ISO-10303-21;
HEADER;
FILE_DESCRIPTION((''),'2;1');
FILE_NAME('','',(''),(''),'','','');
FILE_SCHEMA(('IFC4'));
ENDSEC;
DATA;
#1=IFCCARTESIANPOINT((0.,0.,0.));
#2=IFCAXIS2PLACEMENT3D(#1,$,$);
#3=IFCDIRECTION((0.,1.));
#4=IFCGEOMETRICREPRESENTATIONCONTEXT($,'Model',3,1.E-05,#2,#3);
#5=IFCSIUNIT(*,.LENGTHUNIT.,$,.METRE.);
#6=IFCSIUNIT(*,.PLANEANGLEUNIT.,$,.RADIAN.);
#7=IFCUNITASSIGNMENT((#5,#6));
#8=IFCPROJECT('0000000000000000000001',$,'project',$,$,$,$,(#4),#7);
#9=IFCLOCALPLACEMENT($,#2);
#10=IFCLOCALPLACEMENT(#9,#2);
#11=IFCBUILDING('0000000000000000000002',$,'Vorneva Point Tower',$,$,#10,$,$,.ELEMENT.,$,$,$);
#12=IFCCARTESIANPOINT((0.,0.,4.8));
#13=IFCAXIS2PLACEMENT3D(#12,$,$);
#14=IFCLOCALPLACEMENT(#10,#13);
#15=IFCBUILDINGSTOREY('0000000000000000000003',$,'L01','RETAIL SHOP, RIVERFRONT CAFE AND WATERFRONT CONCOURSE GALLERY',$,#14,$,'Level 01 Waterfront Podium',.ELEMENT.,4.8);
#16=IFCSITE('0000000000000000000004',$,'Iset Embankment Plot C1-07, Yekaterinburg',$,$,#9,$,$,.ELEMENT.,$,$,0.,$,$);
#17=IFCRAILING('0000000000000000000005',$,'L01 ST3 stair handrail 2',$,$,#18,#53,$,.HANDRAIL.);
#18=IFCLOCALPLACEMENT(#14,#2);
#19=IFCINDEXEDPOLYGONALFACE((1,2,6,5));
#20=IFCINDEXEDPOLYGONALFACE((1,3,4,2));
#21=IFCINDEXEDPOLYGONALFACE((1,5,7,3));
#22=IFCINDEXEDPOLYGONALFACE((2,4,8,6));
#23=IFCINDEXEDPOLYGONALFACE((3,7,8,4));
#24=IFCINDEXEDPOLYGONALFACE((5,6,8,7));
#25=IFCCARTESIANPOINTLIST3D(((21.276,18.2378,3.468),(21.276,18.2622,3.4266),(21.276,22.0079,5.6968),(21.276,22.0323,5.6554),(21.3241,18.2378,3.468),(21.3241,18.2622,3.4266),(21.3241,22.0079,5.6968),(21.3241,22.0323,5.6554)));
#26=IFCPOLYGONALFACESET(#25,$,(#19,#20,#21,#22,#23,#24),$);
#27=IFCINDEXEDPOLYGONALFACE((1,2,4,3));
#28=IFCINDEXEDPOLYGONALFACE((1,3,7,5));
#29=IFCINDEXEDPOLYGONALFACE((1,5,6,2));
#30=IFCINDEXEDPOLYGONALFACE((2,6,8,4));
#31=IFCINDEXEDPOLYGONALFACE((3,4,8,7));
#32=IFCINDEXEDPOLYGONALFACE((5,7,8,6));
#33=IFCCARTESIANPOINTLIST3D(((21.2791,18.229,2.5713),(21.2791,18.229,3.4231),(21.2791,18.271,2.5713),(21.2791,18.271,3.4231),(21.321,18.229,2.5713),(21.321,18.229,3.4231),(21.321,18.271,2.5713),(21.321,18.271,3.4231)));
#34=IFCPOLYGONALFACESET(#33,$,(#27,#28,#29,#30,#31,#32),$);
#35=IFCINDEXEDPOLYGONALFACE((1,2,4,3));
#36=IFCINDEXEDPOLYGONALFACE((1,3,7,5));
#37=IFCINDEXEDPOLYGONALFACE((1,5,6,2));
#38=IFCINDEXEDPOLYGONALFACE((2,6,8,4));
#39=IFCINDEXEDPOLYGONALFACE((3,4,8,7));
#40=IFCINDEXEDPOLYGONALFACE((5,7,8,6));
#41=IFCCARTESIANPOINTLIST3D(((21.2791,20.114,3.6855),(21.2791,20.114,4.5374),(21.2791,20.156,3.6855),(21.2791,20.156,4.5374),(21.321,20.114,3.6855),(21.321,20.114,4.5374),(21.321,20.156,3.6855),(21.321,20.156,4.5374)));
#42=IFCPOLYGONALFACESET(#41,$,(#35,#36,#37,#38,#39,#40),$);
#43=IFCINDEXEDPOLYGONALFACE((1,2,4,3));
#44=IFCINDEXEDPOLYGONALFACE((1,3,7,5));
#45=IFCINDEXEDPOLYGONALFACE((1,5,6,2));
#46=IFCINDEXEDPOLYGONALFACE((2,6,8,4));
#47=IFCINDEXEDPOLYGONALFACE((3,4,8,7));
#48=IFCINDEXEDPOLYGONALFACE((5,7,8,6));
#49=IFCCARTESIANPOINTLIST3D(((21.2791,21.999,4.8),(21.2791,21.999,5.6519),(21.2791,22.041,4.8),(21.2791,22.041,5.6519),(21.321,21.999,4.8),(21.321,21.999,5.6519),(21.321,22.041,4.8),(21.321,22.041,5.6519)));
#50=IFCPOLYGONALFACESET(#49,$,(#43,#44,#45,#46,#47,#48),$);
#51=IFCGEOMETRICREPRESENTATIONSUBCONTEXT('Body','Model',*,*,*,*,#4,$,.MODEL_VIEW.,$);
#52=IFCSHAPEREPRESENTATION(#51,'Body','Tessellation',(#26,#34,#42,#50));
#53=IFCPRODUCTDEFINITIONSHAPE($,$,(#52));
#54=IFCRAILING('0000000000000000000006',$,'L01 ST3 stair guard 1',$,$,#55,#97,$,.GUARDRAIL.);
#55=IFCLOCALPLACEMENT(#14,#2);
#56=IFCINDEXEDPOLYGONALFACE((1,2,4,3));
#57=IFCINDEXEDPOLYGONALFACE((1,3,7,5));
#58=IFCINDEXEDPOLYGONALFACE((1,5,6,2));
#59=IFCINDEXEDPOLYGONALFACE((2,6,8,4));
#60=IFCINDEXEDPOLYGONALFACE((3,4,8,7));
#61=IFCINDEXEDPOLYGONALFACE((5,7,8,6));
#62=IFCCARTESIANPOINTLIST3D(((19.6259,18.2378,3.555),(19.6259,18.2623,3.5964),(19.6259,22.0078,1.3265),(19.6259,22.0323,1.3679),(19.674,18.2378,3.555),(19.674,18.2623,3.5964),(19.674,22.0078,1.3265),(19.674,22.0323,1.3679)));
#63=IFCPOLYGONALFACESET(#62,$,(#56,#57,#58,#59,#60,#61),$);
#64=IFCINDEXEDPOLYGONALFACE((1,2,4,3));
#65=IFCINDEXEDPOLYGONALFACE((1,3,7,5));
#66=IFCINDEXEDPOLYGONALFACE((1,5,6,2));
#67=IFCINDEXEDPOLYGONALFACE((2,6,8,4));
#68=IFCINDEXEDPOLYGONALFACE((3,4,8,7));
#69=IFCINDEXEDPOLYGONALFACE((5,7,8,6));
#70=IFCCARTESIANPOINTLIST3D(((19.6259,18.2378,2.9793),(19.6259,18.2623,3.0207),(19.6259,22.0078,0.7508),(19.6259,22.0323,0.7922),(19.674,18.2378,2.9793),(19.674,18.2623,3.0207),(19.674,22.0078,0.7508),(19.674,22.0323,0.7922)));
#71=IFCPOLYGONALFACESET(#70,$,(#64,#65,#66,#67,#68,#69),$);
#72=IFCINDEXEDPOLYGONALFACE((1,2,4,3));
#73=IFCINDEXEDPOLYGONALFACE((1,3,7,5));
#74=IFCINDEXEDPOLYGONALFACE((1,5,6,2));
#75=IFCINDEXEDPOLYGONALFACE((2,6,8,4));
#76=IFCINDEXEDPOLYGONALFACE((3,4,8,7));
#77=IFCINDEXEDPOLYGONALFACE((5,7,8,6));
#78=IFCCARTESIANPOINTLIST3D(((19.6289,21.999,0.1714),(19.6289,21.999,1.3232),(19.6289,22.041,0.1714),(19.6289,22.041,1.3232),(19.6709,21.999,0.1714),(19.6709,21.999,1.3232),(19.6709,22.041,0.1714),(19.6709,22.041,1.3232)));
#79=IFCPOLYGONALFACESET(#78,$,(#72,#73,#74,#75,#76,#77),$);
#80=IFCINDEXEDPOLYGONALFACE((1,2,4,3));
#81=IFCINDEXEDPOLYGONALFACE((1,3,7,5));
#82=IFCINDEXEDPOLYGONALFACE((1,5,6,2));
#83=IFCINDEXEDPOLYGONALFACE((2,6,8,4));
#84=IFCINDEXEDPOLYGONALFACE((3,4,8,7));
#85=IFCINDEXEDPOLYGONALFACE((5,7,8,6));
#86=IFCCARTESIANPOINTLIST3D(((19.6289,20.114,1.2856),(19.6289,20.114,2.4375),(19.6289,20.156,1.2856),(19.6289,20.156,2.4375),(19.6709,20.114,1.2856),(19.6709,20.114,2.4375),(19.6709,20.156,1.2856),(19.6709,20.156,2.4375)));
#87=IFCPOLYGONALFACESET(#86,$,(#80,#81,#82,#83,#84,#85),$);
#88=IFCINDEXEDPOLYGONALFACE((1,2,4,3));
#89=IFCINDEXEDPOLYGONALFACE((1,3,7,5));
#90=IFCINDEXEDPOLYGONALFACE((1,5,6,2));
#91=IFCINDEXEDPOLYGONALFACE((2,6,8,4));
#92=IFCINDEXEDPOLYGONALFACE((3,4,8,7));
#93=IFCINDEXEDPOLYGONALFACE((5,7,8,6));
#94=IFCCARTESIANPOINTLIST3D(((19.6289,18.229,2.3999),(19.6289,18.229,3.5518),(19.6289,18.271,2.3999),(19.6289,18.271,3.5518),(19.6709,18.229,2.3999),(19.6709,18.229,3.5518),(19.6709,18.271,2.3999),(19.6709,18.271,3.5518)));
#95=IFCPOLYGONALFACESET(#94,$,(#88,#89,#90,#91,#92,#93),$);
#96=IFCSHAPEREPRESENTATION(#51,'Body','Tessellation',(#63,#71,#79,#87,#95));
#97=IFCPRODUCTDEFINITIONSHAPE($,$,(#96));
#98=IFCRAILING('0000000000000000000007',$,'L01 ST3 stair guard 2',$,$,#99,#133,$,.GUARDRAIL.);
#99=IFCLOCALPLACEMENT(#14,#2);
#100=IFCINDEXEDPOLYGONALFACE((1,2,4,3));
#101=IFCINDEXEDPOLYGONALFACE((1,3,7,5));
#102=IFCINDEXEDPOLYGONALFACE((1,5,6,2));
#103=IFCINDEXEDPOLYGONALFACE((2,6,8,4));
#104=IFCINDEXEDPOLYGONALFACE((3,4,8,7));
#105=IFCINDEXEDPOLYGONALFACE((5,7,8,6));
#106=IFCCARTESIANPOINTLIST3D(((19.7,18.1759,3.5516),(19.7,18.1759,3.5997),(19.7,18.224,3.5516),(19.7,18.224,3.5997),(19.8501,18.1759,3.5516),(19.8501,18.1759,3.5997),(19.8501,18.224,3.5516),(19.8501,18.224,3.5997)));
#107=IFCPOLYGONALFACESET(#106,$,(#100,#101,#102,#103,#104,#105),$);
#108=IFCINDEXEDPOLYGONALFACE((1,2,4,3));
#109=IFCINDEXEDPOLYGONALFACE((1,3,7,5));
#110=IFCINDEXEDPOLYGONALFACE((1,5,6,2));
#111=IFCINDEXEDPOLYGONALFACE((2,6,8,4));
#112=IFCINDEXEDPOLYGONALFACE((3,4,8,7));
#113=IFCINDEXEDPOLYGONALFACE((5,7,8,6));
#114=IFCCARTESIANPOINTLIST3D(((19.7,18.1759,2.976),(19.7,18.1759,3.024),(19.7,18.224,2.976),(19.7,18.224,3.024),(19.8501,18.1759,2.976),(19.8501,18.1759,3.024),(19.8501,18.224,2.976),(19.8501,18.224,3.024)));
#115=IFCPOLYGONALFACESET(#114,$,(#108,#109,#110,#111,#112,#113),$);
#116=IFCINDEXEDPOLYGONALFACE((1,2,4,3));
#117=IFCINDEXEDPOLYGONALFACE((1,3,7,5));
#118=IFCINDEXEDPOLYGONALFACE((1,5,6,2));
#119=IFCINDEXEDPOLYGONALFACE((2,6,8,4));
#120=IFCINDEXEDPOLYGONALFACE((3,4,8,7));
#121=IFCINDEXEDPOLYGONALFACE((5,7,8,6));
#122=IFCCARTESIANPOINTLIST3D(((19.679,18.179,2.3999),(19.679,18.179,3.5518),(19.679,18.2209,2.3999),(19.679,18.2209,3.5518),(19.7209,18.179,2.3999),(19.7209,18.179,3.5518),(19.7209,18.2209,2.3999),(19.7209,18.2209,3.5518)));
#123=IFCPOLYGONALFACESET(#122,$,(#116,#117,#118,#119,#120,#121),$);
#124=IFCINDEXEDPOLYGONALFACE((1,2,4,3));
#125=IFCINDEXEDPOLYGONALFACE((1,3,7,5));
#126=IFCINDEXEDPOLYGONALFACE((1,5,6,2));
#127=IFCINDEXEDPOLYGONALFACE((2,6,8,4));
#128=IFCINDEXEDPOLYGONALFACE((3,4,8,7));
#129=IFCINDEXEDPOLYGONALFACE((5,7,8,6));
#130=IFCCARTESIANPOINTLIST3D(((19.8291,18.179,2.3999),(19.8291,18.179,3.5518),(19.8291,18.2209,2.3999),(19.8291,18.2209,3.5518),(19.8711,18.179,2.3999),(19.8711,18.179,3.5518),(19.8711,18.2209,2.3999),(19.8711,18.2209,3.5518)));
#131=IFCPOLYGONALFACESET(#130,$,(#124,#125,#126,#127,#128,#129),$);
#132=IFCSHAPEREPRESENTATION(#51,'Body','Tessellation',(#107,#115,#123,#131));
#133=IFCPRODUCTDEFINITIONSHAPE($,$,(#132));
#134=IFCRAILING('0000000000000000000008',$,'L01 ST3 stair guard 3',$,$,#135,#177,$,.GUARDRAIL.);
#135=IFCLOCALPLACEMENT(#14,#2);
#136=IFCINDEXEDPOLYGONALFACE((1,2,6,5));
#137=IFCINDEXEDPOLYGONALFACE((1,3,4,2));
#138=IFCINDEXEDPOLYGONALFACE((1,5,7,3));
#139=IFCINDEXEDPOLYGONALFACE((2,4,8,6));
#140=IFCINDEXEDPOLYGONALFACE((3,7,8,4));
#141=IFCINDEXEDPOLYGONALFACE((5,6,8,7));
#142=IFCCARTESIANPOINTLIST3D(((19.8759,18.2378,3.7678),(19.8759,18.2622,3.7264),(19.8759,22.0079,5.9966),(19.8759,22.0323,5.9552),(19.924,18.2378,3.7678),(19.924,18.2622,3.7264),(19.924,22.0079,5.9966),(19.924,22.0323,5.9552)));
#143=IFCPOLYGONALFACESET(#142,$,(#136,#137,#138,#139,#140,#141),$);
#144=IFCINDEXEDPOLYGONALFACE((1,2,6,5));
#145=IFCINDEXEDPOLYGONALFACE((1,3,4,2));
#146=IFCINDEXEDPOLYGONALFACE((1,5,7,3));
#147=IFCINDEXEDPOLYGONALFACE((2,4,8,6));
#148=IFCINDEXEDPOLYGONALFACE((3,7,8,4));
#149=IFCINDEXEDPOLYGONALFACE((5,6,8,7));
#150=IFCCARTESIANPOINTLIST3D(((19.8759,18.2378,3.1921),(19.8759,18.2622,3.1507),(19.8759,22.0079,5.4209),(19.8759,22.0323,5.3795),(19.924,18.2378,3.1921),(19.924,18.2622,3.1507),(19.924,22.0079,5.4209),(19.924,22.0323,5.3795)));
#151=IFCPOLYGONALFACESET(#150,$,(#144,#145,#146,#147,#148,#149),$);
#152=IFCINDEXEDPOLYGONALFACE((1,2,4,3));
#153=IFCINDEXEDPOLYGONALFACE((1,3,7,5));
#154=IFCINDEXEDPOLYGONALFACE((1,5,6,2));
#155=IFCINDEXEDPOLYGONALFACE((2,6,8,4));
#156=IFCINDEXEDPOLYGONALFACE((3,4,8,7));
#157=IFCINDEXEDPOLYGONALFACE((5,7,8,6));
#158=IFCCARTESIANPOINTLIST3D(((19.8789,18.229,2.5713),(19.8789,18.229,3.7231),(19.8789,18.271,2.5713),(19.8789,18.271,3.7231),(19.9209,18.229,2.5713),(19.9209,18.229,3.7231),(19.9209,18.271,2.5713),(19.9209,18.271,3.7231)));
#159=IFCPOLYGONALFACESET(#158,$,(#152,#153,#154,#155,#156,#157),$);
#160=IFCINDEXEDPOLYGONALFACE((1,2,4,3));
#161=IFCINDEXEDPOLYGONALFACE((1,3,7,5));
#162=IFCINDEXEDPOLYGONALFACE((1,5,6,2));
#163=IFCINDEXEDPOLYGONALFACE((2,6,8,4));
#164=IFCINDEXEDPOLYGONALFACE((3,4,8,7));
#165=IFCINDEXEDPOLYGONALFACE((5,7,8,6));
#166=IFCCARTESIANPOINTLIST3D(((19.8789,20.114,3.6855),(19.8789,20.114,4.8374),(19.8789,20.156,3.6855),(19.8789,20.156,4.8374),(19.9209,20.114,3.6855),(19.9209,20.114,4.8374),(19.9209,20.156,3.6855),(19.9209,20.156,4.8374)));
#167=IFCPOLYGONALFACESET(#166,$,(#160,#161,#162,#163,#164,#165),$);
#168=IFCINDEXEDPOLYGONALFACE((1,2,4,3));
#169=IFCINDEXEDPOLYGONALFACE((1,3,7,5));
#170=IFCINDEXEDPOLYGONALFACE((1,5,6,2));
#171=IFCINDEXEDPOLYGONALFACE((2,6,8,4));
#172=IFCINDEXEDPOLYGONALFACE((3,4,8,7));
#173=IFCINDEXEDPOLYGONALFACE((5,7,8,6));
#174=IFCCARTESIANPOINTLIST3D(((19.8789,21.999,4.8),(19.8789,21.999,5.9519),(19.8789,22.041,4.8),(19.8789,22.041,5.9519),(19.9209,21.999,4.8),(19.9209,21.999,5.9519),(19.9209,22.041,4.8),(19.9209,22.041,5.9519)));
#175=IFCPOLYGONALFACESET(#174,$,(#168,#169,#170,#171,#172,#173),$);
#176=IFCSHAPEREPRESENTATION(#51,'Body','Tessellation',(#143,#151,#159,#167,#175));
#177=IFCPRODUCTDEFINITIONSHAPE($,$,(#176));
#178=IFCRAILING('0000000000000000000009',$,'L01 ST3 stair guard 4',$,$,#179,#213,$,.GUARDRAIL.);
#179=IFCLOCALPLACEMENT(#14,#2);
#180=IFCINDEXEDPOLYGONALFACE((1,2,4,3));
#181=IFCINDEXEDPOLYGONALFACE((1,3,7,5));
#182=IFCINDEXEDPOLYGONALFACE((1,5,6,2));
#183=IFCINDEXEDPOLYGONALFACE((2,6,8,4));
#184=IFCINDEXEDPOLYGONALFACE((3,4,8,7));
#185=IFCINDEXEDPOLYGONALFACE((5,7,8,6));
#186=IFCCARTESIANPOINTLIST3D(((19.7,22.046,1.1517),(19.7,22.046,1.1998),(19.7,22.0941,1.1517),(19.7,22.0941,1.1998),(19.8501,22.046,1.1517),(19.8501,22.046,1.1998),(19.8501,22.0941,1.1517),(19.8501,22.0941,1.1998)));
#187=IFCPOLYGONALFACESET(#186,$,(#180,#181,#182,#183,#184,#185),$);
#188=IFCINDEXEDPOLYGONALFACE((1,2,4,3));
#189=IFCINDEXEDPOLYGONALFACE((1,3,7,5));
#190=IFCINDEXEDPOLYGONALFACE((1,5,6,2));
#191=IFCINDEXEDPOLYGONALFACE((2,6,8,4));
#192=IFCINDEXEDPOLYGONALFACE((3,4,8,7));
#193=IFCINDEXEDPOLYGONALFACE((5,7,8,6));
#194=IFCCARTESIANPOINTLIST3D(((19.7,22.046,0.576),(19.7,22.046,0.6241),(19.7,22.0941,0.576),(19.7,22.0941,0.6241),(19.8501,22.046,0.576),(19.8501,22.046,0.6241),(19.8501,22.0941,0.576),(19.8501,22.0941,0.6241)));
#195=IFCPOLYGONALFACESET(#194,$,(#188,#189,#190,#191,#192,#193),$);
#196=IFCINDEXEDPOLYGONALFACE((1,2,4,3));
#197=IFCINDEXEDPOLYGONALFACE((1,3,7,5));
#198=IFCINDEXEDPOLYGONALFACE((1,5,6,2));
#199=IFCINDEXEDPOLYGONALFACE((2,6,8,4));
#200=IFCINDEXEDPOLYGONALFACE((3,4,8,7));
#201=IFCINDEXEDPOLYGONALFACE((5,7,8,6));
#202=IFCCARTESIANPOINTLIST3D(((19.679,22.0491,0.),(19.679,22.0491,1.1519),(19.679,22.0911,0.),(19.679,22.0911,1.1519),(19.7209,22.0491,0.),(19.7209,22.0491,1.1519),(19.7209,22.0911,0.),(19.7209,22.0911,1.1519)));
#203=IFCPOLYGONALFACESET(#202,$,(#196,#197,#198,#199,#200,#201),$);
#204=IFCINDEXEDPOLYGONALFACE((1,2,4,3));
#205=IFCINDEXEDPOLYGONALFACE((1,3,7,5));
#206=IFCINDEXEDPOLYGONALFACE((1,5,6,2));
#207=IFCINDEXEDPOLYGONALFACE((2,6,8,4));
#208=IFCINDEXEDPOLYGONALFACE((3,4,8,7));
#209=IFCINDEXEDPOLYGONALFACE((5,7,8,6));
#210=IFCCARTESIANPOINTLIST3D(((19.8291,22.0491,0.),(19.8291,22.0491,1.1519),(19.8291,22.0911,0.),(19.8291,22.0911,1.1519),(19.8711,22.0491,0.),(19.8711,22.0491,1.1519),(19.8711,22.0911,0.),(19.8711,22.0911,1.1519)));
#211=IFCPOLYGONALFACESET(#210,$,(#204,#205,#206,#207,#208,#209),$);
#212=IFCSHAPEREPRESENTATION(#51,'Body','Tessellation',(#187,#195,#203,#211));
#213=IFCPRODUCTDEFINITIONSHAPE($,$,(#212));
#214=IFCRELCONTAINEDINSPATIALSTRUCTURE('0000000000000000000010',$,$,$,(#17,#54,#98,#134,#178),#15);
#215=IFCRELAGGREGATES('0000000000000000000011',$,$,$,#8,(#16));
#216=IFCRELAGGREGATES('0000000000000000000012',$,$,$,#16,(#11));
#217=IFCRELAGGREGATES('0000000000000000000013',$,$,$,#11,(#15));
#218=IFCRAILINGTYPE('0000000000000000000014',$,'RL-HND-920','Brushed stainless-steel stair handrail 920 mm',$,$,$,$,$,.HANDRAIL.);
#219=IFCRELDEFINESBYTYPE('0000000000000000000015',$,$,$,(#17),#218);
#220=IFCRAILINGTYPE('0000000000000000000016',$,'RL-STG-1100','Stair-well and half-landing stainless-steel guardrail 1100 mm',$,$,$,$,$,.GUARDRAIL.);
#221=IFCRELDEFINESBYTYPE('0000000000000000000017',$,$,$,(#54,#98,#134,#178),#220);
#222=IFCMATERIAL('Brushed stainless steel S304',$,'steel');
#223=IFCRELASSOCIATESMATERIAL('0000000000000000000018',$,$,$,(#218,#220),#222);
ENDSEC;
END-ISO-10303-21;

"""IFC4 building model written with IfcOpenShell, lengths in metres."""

from ifc_helpers import new_model, si_unit, direction, frame, origin, origin_2d, place, context, subcontext, project, spatial, rectangle, extrude, material, type_object, element, save


model = new_model("IFC4")

# Units and contexts
model_context = context("Model", 3, precision=1e-05, world=origin(), true_north=direction((0.0, 1.0)))
body_context = subcontext(model_context, "Body", "Model", "MODEL_VIEW")
ifc_project = project(units=[si_unit("LENGTHUNIT", "METRE"), si_unit("PLANEANGLEUNIT", "RADIAN")], contexts=[model_context])

# Site, building, storey
site_placement = place(None, origin())
site = spatial("IfcSite", under=ifc_project, at=site_placement, Name="Iset Embankment Plot C1-07, Yekaterinburg", CompositionType="ELEMENT", RefElevation=0.0)
building_placement = place(site_placement, origin())
building = spatial("IfcBuilding", under=site, at=building_placement, Name="Vorneva Point Tower", CompositionType="ELEMENT")
storey_placement = place(building_placement, frame((0.0, 0.0, 4.8)))
storey = spatial("IfcBuildingStorey", under=building, at=storey_placement, Name="L01", Description="RETAIL SHOP, RIVERFRONT CAFE AND WATERFRONT CONCOURSE GALLERY", LongName="Level 01 Waterfront Podium", CompositionType="ELEMENT", Elevation=4.8)

# Railings
ifc_material_1 = material(Name="Brushed stainless steel S304", Category="steel")
railing_type_1 = type_object("IfcRailingType", Name="RL-HND-920", Description="Brushed stainless-steel stair handrail 920 mm", PredefinedType="HANDRAIL", material=ifc_material_1)
railing_1_placement = place(storey_placement, frame((21.3, 18.25, 2.5713)))
element("IfcRailing", 1, at=railing_1_placement, inside=storey, type_object=railing_type_1, Name="L01 ST3 stair handrail 2", PredefinedType="HANDRAIL", context=body_context, shape_type="SweptSolid", body=[
    extrude(rectangle(XDim=0.0481, YDim=0.0481, at=origin_2d()), frame((0.0, 0.0, 0.876), z_axis=(0.0, 0.860824, 0.508902), x_axis=(-1.0, 0.0, 0.0)), (0.0, 0.0, 1.0), 4.3796),
    extrude(rectangle(XDim=0.042, YDim=0.042, at=origin_2d()), origin(), (0.0, 0.0, 1.0), 0.8518),
    extrude(rectangle(XDim=0.042, YDim=0.042, at=origin_2d()), frame((0.0, 1.885, 1.1143)), (0.0, 0.0, 1.0), 0.8518),
    extrude(rectangle(XDim=0.042, YDim=0.042, at=origin_2d()), frame((0.0, 3.77, 2.2288)), (0.0, 0.0, 1.0), 0.8518),
])
railing_type_2 = type_object("IfcRailingType", Name="RL-STG-1100", Description="Stair-well and half-landing stainless-steel guardrail 1100 mm", PredefinedType="GUARDRAIL", material=ifc_material_1)
railing_2_placement = place(storey_placement, frame((19.6499, 22.02, 0.1714)))
element("IfcRailing", 2, at=railing_2_placement, inside=storey, type_object=railing_type_2, Name="L01 ST3 stair guard 1", PredefinedType="GUARDRAIL", context=body_context, shape_type="SweptSolid", body=[
    extrude(rectangle(XDim=0.0481, YDim=0.0481, at=origin_2d()), frame((0.0, 0.0, 1.1758), z_axis=(0.0, -0.860849, 0.508861), x_axis=(1.0, 0.0, 0.0)), (0.0, 0.0, 1.0), 4.3794),
    extrude(rectangle(XDim=0.0481, YDim=0.0481, at=origin_2d()), frame((0.0, 0.0, 0.6001), z_axis=(0.0, -0.860849, 0.508861), x_axis=(1.0, 0.0, 0.0)), (0.0, 0.0, 1.0), 4.3794),
    extrude(rectangle(XDim=0.042, YDim=0.042, at=origin_2d()), origin(), (0.0, 0.0, 1.0), 1.1519),
    extrude(rectangle(XDim=0.042, YDim=0.042, at=origin_2d()), frame((0.0, -1.885, 1.1143)), (0.0, 0.0, 1.0), 1.1519),
    extrude(rectangle(XDim=0.042, YDim=0.042, at=origin_2d()), frame((0.0, -3.77, 2.2285)), (0.0, 0.0, 1.0), 1.1519),
])
railing_3_placement = place(storey_placement, frame((19.7, 18.2, 2.3999)))
element("IfcRailing", 3, at=railing_3_placement, inside=storey, type_object=railing_type_2, Name="L01 ST3 stair guard 2", PredefinedType="GUARDRAIL", context=body_context, shape_type="SweptSolid", body=[
    extrude(rectangle(XDim=0.0481, YDim=0.0481, at=origin_2d()), frame((0.0, 0.0, 1.1758), z_axis=(1.0, 0.0, 0.0), x_axis=(0.0, 1.0, 0.0)), (0.0, 0.0, 1.0), 0.1501),
    extrude(rectangle(XDim=0.0481, YDim=0.0481, at=origin_2d()), frame((0.0, 0.0, 0.6001), z_axis=(1.0, 0.0, 0.0), x_axis=(0.0, 1.0, 0.0)), (0.0, 0.0, 1.0), 0.1501),
    extrude(rectangle(XDim=0.042, YDim=0.042, at=origin_2d()), origin(), (0.0, 0.0, 1.0), 1.1519),
    extrude(rectangle(XDim=0.042, YDim=0.042, at=origin_2d()), frame((0.1501, 0.0, 0.0)), (0.0, 0.0, 1.0), 1.1519),
])
railing_4_placement = place(storey_placement, frame((19.8999, 18.25, 2.5713)))
element("IfcRailing", 4, at=railing_4_placement, inside=storey, type_object=railing_type_2, Name="L01 ST3 stair guard 3", PredefinedType="GUARDRAIL", context=body_context, shape_type="SweptSolid", body=[
    extrude(rectangle(XDim=0.0481, YDim=0.0481, at=origin_2d()), frame((0.0, 0.0, 1.1758), z_axis=(0.0, 0.860824, 0.508902), x_axis=(-1.0, 0.0, 0.0)), (0.0, 0.0, 1.0), 4.3796),
    extrude(rectangle(XDim=0.0481, YDim=0.0481, at=origin_2d()), frame((0.0, 0.0, 0.6001), z_axis=(0.0, 0.860824, 0.508902), x_axis=(-1.0, 0.0, 0.0)), (0.0, 0.0, 1.0), 4.3796),
    extrude(rectangle(XDim=0.042, YDim=0.042, at=origin_2d()), origin(), (0.0, 0.0, 1.0), 1.1519),
    extrude(rectangle(XDim=0.042, YDim=0.042, at=origin_2d()), frame((0.0, 1.885, 1.1143)), (0.0, 0.0, 1.0), 1.1519),
    extrude(rectangle(XDim=0.042, YDim=0.042, at=origin_2d()), frame((0.0, 3.77, 2.2288)), (0.0, 0.0, 1.0), 1.1519),
])
railing_5_placement = place(storey_placement, frame((19.7, 22.0701, 0.0)))
element("IfcRailing", 5, at=railing_5_placement, inside=storey, type_object=railing_type_2, Name="L01 ST3 stair guard 4", PredefinedType="GUARDRAIL", context=body_context, shape_type="SweptSolid", body=[
    extrude(rectangle(XDim=0.0481, YDim=0.0481, at=origin_2d()), frame((0.0, 0.0, 1.1758), z_axis=(1.0, 0.0, 0.0), x_axis=(0.0, 1.0, 0.0)), (0.0, 0.0, 1.0), 0.1501),
    extrude(rectangle(XDim=0.0481, YDim=0.0481, at=origin_2d()), frame((0.0, 0.0, 0.6001), z_axis=(1.0, 0.0, 0.0), x_axis=(0.0, 1.0, 0.0)), (0.0, 0.0, 1.0), 0.1501),
    extrude(rectangle(XDim=0.042, YDim=0.042, at=origin_2d()), origin(), (0.0, 0.0, 1.0), 1.1519),
    extrude(rectangle(XDim=0.042, YDim=0.042, at=origin_2d()), frame((0.1501, 0.0, 0.0)), (0.0, 0.0, 1.0), 1.1519),
])

save(model, "model.ifc")
